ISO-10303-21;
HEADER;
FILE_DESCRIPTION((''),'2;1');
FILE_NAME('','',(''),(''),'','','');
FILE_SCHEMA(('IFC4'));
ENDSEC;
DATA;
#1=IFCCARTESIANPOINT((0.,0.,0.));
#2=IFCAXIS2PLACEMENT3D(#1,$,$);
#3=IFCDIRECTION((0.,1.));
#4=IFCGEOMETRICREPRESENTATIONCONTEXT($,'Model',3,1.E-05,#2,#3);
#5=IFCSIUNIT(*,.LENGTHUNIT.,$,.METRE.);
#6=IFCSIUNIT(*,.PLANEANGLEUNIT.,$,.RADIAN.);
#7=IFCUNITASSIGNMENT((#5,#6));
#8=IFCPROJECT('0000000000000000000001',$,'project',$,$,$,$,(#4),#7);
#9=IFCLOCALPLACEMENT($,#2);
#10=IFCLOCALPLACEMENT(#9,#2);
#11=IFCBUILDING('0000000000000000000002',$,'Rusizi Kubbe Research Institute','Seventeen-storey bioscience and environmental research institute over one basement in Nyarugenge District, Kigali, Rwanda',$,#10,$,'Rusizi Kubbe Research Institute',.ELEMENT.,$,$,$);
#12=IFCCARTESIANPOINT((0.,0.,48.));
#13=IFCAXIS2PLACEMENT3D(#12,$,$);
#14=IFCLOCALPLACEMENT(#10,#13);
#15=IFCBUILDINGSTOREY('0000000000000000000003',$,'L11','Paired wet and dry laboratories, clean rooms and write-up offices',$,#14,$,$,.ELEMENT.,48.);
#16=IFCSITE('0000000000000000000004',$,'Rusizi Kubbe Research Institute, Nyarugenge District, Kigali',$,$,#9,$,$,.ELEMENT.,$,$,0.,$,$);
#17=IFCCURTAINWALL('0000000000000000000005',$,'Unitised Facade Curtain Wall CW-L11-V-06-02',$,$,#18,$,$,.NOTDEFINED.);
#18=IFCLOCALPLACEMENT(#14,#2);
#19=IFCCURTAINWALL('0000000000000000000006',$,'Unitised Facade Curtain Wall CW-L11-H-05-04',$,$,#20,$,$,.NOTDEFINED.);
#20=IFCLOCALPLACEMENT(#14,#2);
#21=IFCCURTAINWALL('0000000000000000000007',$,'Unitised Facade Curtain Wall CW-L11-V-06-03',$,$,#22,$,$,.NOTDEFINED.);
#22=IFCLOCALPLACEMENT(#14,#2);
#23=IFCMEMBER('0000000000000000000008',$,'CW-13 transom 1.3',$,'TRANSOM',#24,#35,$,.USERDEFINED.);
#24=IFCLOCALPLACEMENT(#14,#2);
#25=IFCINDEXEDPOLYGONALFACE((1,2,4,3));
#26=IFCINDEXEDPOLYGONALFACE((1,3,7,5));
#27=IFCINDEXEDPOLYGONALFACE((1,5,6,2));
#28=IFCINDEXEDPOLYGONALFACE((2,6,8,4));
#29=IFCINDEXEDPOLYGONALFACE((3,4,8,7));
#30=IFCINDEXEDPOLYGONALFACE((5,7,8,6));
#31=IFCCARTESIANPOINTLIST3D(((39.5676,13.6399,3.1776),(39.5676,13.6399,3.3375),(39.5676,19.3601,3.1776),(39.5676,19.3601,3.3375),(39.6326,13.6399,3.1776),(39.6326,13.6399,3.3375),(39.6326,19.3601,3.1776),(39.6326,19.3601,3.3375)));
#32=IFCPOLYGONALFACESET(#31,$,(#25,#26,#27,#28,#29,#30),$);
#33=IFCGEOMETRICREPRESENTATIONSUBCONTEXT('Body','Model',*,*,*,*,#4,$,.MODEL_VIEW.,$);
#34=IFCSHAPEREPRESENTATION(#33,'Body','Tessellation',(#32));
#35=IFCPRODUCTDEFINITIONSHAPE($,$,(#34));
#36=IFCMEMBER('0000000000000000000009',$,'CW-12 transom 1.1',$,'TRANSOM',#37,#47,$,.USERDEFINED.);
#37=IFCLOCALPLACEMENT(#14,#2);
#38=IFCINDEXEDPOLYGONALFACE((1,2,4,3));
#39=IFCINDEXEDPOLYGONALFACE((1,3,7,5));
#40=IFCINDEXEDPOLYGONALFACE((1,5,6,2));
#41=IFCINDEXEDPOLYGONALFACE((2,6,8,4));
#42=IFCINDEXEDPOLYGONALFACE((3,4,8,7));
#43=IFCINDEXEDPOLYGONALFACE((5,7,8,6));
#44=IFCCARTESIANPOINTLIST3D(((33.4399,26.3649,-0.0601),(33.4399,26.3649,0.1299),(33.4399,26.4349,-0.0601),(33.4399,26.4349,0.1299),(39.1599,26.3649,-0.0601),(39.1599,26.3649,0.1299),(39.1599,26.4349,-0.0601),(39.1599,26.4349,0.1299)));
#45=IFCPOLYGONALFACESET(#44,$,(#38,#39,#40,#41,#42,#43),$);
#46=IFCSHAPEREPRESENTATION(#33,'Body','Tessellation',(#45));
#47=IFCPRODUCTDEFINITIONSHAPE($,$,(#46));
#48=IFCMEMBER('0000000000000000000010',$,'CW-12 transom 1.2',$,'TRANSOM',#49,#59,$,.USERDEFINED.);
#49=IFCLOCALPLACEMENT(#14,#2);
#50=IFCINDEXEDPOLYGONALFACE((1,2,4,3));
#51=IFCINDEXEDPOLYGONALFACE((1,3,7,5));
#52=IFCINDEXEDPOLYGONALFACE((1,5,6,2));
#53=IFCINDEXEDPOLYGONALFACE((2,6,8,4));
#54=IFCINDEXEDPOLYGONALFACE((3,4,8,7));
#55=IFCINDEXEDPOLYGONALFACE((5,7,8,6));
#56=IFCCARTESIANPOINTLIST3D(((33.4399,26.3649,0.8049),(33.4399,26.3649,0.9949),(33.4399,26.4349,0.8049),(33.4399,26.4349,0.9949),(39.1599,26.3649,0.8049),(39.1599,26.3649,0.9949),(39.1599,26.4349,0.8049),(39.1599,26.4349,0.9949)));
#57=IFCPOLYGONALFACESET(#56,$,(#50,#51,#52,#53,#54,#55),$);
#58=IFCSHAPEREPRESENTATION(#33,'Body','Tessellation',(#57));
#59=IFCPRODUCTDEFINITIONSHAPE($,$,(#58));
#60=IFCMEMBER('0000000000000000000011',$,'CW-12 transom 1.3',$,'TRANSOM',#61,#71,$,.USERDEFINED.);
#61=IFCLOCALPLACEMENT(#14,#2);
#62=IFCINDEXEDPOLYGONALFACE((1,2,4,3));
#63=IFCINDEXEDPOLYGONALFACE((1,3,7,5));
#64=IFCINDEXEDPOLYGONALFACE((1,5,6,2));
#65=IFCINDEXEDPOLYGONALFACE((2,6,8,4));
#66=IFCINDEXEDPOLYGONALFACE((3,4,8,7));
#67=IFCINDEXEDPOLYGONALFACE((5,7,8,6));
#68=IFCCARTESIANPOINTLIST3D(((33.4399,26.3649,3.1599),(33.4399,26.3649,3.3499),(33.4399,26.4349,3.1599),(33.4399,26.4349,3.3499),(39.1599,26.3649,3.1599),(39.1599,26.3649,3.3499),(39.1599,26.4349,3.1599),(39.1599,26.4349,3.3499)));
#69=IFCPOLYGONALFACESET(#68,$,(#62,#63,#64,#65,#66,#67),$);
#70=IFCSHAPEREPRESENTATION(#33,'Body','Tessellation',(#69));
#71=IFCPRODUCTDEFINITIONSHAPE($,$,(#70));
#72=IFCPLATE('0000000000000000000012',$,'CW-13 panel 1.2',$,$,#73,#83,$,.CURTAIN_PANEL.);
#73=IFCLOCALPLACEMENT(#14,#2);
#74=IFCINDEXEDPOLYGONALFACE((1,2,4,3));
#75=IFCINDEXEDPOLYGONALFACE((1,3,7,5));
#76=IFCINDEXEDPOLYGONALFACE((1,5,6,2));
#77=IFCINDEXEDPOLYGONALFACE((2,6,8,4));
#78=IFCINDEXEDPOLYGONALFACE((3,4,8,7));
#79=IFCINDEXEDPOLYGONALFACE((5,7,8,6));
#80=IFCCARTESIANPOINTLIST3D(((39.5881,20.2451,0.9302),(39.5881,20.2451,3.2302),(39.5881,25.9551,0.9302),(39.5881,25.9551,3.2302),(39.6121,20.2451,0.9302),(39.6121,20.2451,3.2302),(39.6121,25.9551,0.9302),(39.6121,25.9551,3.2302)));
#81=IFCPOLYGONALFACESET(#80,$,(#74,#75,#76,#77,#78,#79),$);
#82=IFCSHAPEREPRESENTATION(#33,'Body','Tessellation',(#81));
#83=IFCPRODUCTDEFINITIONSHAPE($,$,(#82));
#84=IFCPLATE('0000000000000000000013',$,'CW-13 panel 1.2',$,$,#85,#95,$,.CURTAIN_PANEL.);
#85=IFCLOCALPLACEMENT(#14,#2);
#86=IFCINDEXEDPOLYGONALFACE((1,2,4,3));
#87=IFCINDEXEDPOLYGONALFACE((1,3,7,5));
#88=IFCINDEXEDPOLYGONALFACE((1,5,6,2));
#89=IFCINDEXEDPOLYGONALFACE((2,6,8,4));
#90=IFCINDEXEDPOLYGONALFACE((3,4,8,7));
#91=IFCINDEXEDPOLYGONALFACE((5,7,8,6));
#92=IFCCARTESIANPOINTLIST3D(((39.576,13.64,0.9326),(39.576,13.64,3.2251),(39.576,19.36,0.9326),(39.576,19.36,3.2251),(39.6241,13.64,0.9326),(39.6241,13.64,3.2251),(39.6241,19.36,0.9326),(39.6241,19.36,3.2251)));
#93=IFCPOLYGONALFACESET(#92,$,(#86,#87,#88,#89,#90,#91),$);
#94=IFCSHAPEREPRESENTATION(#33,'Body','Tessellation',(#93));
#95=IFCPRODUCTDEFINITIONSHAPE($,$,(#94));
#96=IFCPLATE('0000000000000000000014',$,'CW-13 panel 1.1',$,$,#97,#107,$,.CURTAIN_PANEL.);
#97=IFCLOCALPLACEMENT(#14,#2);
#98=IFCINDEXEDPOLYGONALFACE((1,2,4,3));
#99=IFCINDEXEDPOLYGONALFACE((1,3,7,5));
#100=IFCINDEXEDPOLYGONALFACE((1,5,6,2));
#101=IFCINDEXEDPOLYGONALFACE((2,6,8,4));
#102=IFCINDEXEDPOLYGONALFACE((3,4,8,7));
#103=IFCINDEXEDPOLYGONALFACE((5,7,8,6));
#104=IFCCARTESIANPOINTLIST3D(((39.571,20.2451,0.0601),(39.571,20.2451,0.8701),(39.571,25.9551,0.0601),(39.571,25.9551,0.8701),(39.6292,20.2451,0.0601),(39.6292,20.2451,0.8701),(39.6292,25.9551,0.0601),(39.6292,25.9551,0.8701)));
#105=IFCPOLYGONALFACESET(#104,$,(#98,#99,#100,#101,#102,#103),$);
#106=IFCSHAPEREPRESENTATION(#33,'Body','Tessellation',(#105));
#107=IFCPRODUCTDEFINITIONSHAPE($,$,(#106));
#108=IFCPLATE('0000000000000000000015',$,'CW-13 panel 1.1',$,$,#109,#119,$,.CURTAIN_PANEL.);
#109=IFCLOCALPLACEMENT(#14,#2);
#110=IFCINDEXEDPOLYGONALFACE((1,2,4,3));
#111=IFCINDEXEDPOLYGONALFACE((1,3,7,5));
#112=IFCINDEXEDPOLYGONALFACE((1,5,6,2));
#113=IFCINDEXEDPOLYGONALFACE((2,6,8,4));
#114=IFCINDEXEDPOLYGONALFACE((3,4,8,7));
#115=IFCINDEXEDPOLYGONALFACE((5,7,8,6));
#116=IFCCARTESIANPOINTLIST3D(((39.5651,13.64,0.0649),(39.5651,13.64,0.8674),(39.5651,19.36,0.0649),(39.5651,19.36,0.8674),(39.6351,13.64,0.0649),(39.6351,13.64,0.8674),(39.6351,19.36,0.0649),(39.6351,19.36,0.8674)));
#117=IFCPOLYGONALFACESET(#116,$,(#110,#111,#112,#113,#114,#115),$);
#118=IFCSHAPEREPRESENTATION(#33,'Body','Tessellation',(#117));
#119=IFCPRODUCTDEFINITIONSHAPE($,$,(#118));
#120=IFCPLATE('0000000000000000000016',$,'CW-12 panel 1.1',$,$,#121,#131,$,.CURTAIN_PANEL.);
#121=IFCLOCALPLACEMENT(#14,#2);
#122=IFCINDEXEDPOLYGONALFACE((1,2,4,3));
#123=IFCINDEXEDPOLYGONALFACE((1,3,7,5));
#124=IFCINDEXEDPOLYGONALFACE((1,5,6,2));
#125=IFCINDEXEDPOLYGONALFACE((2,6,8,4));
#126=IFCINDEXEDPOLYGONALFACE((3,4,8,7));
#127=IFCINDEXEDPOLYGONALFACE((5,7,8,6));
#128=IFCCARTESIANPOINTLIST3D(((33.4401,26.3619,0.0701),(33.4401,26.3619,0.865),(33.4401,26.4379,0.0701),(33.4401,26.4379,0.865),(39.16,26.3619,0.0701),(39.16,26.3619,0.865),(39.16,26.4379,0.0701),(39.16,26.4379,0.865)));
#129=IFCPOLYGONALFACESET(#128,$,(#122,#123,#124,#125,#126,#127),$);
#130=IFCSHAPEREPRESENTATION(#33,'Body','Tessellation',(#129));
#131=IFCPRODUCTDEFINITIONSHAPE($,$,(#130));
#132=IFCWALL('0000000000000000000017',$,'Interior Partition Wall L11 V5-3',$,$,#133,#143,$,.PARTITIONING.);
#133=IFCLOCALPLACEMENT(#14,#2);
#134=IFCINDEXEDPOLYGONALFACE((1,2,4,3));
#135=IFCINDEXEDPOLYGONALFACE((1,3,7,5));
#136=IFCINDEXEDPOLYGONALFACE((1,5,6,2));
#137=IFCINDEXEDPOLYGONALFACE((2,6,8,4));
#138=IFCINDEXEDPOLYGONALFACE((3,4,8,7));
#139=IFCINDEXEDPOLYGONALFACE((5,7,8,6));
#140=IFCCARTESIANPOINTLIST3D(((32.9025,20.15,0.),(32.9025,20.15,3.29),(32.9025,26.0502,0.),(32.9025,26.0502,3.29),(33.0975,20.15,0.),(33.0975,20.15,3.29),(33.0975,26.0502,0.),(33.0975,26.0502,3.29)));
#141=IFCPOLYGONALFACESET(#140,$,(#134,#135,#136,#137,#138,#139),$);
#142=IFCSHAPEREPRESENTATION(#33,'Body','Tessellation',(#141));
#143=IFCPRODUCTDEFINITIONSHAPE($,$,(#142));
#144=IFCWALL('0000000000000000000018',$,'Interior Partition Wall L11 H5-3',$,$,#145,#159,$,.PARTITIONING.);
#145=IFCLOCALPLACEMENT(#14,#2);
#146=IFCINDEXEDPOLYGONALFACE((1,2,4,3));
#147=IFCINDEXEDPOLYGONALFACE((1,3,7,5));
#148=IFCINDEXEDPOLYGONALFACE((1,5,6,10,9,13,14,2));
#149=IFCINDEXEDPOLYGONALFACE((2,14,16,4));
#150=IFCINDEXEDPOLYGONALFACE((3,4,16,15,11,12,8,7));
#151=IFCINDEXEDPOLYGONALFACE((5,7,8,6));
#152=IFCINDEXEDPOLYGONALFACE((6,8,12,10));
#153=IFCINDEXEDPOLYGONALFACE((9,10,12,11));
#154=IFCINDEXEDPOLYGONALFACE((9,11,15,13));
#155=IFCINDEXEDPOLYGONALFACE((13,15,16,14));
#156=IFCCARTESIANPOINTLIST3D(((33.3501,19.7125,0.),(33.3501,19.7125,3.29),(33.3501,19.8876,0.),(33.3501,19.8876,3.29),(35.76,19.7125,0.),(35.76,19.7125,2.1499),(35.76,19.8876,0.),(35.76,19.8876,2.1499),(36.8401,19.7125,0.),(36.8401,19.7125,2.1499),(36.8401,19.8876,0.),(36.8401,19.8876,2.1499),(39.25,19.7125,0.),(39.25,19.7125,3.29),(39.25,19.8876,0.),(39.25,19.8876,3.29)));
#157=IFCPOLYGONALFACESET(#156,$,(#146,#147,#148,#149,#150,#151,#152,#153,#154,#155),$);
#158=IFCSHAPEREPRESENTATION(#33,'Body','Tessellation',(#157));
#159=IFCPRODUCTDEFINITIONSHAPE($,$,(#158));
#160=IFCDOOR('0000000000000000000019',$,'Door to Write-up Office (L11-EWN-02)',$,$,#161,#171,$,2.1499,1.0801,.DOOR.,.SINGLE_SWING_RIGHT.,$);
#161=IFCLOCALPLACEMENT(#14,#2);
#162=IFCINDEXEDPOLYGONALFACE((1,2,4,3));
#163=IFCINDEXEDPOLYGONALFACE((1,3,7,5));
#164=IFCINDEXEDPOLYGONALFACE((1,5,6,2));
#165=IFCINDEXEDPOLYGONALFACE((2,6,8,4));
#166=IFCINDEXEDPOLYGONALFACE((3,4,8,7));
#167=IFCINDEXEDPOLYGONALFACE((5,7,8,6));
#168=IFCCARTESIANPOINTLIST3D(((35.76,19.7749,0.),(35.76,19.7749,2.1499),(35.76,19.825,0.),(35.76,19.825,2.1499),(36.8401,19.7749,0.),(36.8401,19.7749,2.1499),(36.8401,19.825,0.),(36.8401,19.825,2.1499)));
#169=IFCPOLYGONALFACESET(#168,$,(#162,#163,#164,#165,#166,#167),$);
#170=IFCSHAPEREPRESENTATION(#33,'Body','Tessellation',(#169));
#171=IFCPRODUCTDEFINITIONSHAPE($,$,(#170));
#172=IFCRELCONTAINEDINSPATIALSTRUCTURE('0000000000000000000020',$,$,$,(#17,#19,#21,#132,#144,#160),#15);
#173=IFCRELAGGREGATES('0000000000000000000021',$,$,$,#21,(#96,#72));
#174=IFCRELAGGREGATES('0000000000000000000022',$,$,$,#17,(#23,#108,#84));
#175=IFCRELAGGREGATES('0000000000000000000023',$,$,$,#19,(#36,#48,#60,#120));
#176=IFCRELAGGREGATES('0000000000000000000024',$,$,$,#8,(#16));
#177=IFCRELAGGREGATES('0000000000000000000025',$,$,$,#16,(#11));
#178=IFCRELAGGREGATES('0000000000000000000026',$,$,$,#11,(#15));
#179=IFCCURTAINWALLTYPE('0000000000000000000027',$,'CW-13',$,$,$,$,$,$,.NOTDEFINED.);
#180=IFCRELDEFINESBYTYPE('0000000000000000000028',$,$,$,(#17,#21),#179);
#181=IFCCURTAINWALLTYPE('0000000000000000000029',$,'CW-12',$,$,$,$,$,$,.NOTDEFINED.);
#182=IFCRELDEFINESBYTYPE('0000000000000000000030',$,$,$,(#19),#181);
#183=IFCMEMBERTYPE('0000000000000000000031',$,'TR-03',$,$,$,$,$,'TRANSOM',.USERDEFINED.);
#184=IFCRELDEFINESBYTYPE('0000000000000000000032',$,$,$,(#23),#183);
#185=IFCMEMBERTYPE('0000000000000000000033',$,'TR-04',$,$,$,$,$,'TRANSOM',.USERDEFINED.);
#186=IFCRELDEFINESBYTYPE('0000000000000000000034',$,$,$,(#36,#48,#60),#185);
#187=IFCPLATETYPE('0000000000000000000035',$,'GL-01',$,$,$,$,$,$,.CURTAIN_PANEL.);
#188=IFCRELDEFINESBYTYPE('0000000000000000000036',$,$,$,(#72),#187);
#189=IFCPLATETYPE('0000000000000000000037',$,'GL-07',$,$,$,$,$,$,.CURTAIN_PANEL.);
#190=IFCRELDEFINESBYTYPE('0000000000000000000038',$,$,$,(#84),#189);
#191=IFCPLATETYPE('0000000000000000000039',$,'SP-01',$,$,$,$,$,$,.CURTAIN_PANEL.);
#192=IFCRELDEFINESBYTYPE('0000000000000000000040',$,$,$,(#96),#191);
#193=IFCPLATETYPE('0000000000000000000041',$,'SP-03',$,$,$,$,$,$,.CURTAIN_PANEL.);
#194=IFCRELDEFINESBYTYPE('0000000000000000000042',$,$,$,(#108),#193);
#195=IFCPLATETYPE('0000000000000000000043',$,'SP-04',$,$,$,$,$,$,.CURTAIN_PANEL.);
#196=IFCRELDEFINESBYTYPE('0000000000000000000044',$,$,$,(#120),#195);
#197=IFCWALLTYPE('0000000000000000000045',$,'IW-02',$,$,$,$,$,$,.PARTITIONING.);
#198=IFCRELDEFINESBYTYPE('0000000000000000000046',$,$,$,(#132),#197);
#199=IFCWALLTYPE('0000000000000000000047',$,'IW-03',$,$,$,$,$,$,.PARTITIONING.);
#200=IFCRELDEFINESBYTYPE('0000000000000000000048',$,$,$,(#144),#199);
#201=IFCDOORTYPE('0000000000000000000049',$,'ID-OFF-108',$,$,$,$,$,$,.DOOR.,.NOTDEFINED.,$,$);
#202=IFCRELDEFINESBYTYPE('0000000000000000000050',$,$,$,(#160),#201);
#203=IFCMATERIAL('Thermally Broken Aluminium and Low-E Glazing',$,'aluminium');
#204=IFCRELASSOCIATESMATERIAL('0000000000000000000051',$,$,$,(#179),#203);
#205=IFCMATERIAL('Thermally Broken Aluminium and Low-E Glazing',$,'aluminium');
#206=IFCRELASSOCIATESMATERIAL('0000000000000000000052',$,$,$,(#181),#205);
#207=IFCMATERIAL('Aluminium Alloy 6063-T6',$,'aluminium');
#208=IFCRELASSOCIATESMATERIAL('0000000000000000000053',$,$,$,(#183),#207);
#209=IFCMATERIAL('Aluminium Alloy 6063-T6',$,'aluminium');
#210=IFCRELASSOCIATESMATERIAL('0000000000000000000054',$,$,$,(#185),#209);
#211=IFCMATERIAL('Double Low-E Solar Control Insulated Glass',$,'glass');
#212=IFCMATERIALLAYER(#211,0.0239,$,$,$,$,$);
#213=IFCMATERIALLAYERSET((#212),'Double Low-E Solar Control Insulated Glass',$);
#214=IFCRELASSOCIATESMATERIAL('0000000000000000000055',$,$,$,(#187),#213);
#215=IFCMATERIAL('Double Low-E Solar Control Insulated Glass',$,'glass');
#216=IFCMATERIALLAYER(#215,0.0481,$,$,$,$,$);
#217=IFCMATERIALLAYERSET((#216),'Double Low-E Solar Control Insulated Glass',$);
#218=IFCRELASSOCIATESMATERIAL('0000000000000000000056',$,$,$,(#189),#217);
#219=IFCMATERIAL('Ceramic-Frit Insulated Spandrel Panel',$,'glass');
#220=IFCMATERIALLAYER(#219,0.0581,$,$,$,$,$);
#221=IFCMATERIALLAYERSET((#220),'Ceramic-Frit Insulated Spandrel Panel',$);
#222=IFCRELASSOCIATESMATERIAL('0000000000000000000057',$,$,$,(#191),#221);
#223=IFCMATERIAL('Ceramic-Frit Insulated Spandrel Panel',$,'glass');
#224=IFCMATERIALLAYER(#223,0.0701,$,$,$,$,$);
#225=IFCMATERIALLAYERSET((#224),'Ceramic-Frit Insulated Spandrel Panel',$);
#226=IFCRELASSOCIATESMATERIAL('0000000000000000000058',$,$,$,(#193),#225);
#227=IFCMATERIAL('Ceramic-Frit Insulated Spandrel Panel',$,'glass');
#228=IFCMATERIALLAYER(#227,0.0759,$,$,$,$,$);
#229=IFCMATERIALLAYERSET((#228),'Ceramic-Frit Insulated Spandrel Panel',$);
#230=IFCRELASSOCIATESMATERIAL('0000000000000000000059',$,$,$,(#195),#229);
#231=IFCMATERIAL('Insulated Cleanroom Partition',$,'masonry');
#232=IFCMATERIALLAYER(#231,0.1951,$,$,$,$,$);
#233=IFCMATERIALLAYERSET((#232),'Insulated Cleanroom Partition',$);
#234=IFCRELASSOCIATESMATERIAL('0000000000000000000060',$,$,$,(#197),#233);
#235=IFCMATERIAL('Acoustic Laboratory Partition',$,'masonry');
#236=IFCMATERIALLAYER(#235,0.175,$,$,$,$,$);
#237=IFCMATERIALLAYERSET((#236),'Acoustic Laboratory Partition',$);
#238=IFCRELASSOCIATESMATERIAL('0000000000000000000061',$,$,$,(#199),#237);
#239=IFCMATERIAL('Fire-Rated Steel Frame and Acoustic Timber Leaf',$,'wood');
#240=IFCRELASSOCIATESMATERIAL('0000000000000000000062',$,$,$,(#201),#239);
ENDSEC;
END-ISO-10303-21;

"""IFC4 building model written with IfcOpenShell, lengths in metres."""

from ifc_helpers import new_model, si_unit, direction, frame, frame_2d, origin, origin_2d, place, context, subcontext, project, spatial, rectangle, extrude, material, layer, layer_set, material_profile, profile_set, type_object, element, fill, aggregate, save


model = new_model("IFC4")

# Units and contexts
model_context = context("Model", 3, precision=1e-05, world=origin(), true_north=direction((0.0, 1.0)))
body_context = subcontext(model_context, "Body", "Model", "MODEL_VIEW")
ifc_project = project(units=[si_unit("LENGTHUNIT", "METRE"), si_unit("PLANEANGLEUNIT", "RADIAN")], contexts=[model_context])

# Site, building, storey
site_placement = place(None, origin())
site = spatial("IfcSite", under=ifc_project, at=site_placement, Name="Rusizi Kubbe Research Institute, Nyarugenge District, Kigali", CompositionType="ELEMENT", RefElevation=0.0)
building_placement = place(site_placement, origin())
building = spatial("IfcBuilding", under=site, at=building_placement, Name="Rusizi Kubbe Research Institute", Description="Seventeen-storey bioscience and environmental research institute over one basement in Nyarugenge District, Kigali, Rwanda", LongName="Rusizi Kubbe Research Institute", CompositionType="ELEMENT")
storey_placement = place(building_placement, frame((0.0, 0.0, 48.0)))
storey = spatial("IfcBuildingStorey", under=building, at=storey_placement, Name="L11", Description="Paired wet and dry laboratories, clean rooms and write-up offices", CompositionType="ELEMENT", Elevation=48.0)

# Curtain wall
ifc_material_1 = material(Name="Thermally Broken Aluminium and Low-E Glazing", Category="aluminium")
curtain_wall_type_1 = type_object("IfcCurtainWallType", Name="CW-13", PredefinedType="NOTDEFINED", material=ifc_material_1)
curtain_wall_1_placement = place(storey_placement, origin())
curtain_wall_1 = element("IfcCurtainWall", 1, at=curtain_wall_1_placement, inside=storey, type_object=curtain_wall_type_1, Name="Unitised Facade Curtain Wall CW-L11-V-06-02", PredefinedType="NOTDEFINED")

# Curtain walls
ifc_material_2 = material(Name="Thermally Broken Aluminium and Low-E Glazing", Category="aluminium")
curtain_wall_type_2 = type_object("IfcCurtainWallType", Name="CW-12", PredefinedType="NOTDEFINED", material=ifc_material_2)
curtain_wall_2_placement = place(storey_placement, origin())
curtain_wall_2 = element("IfcCurtainWall", 2, at=curtain_wall_2_placement, inside=storey, type_object=curtain_wall_type_2, Name="Unitised Facade Curtain Wall CW-L11-H-05-04", PredefinedType="NOTDEFINED")
curtain_wall_3_placement = place(storey_placement, origin())
curtain_wall_3 = element("IfcCurtainWall", 3, at=curtain_wall_3_placement, inside=storey, type_object=curtain_wall_type_1, Name="Unitised Facade Curtain Wall CW-L11-V-06-03", PredefinedType="NOTDEFINED")

# Members
ifc_material_3 = material(Name="Aluminium Alloy 6063-T6", Category="aluminium")
ifc_material_profile_1 = material_profile(ifc_material_3, rectangle(XDim=0.0649, YDim=0.1599, at=origin_2d()), Name="ALU-T 65x160")
ifc_profile_set_1 = profile_set([ifc_material_profile_1], Name="Aluminium Alloy 6063-T6")
member_type_1 = type_object("IfcMemberType", Name="TR-03", ElementType="TRANSOM", PredefinedType="USERDEFINED", material=ifc_profile_set_1)
member_1_placement = place(storey_placement, frame((39.6001, 13.6399, 3.2576), z_axis=(0.0, 1.0, 0.0), x_axis=(-1.0, 0.0, 0.0)))
member_1 = element("IfcMember", 4, at=member_1_placement, type_object=member_type_1, Name="CW-13 transom 1.3", ObjectType="TRANSOM", PredefinedType="USERDEFINED", context=body_context, shape_type="SweptSolid", body=[
    extrude(rectangle(XDim=0.0649, YDim=0.1599, at=origin_2d()), origin(), (0.0, 0.0, 1.0), 5.7202),
])
ifc_material_4 = material(Name="Aluminium Alloy 6063-T6", Category="aluminium")
ifc_material_profile_2 = material_profile(ifc_material_4, rectangle(XDim=0.0701, YDim=0.1899, at=origin_2d()), Name="ALU-T 70x190")
ifc_profile_set_2 = profile_set([ifc_material_profile_2], Name="Aluminium Alloy 6063-T6")
member_type_2 = type_object("IfcMemberType", Name="TR-04", ElementType="TRANSOM", PredefinedType="USERDEFINED", material=ifc_profile_set_2)
member_2_placement = place(storey_placement, frame((33.4399, 26.3999, 0.0349), z_axis=(1.0, 0.0, 0.0), x_axis=(0.0, 1.0, 0.0)))
member_2 = element("IfcMember", 5, at=member_2_placement, type_object=member_type_2, Name="CW-12 transom 1.1", ObjectType="TRANSOM", PredefinedType="USERDEFINED", context=body_context, shape_type="SweptSolid", body=[
    extrude(rectangle(XDim=0.0701, YDim=0.1899, at=origin_2d()), origin(), (0.0, 0.0, 1.0), 5.72),
])
member_3_placement = place(storey_placement, frame((33.4399, 26.3999, 0.8999), z_axis=(1.0, 0.0, 0.0), x_axis=(0.0, 1.0, 0.0)))
member_3 = element("IfcMember", 6, at=member_3_placement, type_object=member_type_2, Name="CW-12 transom 1.2", ObjectType="TRANSOM", PredefinedType="USERDEFINED", context=body_context, shape_type="SweptSolid", body=[
    extrude(rectangle(XDim=0.0701, YDim=0.1899, at=origin_2d()), origin(), (0.0, 0.0, 1.0), 5.72),
])
member_4_placement = place(storey_placement, frame((33.4399, 26.3999, 3.2549), z_axis=(1.0, 0.0, 0.0), x_axis=(0.0, 1.0, 0.0)))
member_4 = element("IfcMember", 7, at=member_4_placement, type_object=member_type_2, Name="CW-12 transom 1.3", ObjectType="TRANSOM", PredefinedType="USERDEFINED", context=body_context, shape_type="SweptSolid", body=[
    extrude(rectangle(XDim=0.0701, YDim=0.1899, at=origin_2d()), origin(), (0.0, 0.0, 1.0), 5.72),
])

# Plates
ifc_material_5 = material(Name="Double Low-E Solar Control Insulated Glass", Category="glass")
ifc_layer_1 = layer(ifc_material_5, 0.0239)
ifc_layer_set_1 = layer_set([ifc_layer_1], Name="Double Low-E Solar Control Insulated Glass")
plate_type_1 = type_object("IfcPlateType", Name="GL-01", PredefinedType="CURTAIN_PANEL", material=ifc_layer_set_1)
plate_1_placement = place(storey_placement, frame((39.6001, 23.1001, 0.9302), z_axis=(0.0, 0.0, 1.0), x_axis=(0.0, 1.0, 0.0)))
plate_1 = element("IfcPlate", 8, at=plate_1_placement, type_object=plate_type_1, Name="CW-13 panel 1.2", PredefinedType="CURTAIN_PANEL", context=body_context, shape_type="SweptSolid", body=[
    extrude(rectangle(XDim=5.71, YDim=0.0239, at=origin_2d()), origin(), (0.0, 0.0, 1.0), 2.3),
])
ifc_material_6 = material(Name="Double Low-E Solar Control Insulated Glass", Category="glass")
ifc_layer_2 = layer(ifc_material_6, 0.0481)
ifc_layer_set_2 = layer_set([ifc_layer_2], Name="Double Low-E Solar Control Insulated Glass")
plate_type_2 = type_object("IfcPlateType", Name="GL-07", PredefinedType="CURTAIN_PANEL", material=ifc_layer_set_2)
plate_2_placement = place(storey_placement, frame((39.6001, 16.5, 0.9326), z_axis=(0.0, 0.0, 1.0), x_axis=(0.0, 1.0, 0.0)))
plate_2 = element("IfcPlate", 9, at=plate_2_placement, type_object=plate_type_2, Name="CW-13 panel 1.2", PredefinedType="CURTAIN_PANEL", context=body_context, shape_type="SweptSolid", body=[
    extrude(rectangle(XDim=5.72, YDim=0.0481, at=origin_2d()), origin(), (0.0, 0.0, 1.0), 2.2925),
])
ifc_material_7 = material(Name="Ceramic-Frit Insulated Spandrel Panel", Category="glass")
ifc_layer_3 = layer(ifc_material_7, 0.0581)
ifc_layer_set_3 = layer_set([ifc_layer_3], Name="Ceramic-Frit Insulated Spandrel Panel")
plate_type_3 = type_object("IfcPlateType", Name="SP-01", PredefinedType="CURTAIN_PANEL", material=ifc_layer_set_3)
plate_3_placement = place(storey_placement, frame((39.6001, 23.1001, 0.0601), z_axis=(0.0, 0.0, 1.0), x_axis=(0.0, 1.0, 0.0)))
plate_3 = element("IfcPlate", 10, at=plate_3_placement, type_object=plate_type_3, Name="CW-13 panel 1.1", PredefinedType="CURTAIN_PANEL", context=body_context, shape_type="SweptSolid", body=[
    extrude(rectangle(XDim=5.71, YDim=0.0581, at=origin_2d()), origin(), (0.0, 0.0, 1.0), 0.8101),
])
aggregate(curtain_wall_3, [plate_3, plate_1])
ifc_material_8 = material(Name="Ceramic-Frit Insulated Spandrel Panel", Category="glass")
ifc_layer_4 = layer(ifc_material_8, 0.0701)
ifc_layer_set_4 = layer_set([ifc_layer_4], Name="Ceramic-Frit Insulated Spandrel Panel")
plate_type_4 = type_object("IfcPlateType", Name="SP-03", PredefinedType="CURTAIN_PANEL", material=ifc_layer_set_4)
plate_4_placement = place(storey_placement, frame((39.6001, 16.5, 0.0649), z_axis=(0.0, 0.0, 1.0), x_axis=(0.0, 1.0, 0.0)))
plate_4 = element("IfcPlate", 11, at=plate_4_placement, type_object=plate_type_4, Name="CW-13 panel 1.1", PredefinedType="CURTAIN_PANEL", context=body_context, shape_type="SweptSolid", body=[
    extrude(rectangle(XDim=5.72, YDim=0.0701, at=origin_2d()), origin(), (0.0, 0.0, 1.0), 0.8025),
])
aggregate(curtain_wall_1, [member_1, plate_4, plate_2])
ifc_material_9 = material(Name="Ceramic-Frit Insulated Spandrel Panel", Category="glass")
ifc_layer_5 = layer(ifc_material_9, 0.0759)
ifc_layer_set_5 = layer_set([ifc_layer_5], Name="Ceramic-Frit Insulated Spandrel Panel")
plate_type_5 = type_object("IfcPlateType", Name="SP-04", PredefinedType="CURTAIN_PANEL", material=ifc_layer_set_5)
plate_5_placement = place(storey_placement, frame((36.3, 26.3999, 0.0701), z_axis=(0.0, 0.0, 1.0), x_axis=(1.0, 0.0, 0.0)))
plate_5 = element("IfcPlate", 12, at=plate_5_placement, type_object=plate_type_5, Name="CW-12 panel 1.1", PredefinedType="CURTAIN_PANEL", context=body_context, shape_type="SweptSolid", body=[
    extrude(rectangle(XDim=5.72, YDim=0.0759, at=origin_2d()), origin(), (0.0, 0.0, 1.0), 0.7949),
])
aggregate(curtain_wall_2, [member_2, member_3, member_4, plate_5])

# Wall
ifc_material_10 = material(Name="Insulated Cleanroom Partition", Category="masonry")
ifc_layer_6 = layer(ifc_material_10, 0.1951)
ifc_layer_set_6 = layer_set([ifc_layer_6], Name="Insulated Cleanroom Partition")
wall_type_1 = type_object("IfcWallType", Name="IW-02", PredefinedType="PARTITIONING", material=ifc_layer_set_6)
wall_1_placement = place(storey_placement, frame((33.0, 20.1499, 0.0), z_axis=(0.0, 0.0, 1.0), x_axis=(0.0, 1.0, 0.0)))
element("IfcWall", 13, at=wall_1_placement, inside=storey, type_object=wall_type_1, Name="Interior Partition Wall L11 V5-3", PredefinedType="PARTITIONING", context=body_context, shape_type="SweptSolid", body=[
    extrude(rectangle(XDim=5.9001, YDim=0.1951, at=frame_2d((2.9502, 0.0))), origin(), (0.0, 0.0, 1.0), 3.29),
])

# Wall, opening, door
ifc_material_11 = material(Name="Acoustic Laboratory Partition", Category="masonry")
ifc_layer_7 = layer(ifc_material_11, 0.175)
ifc_layer_set_7 = layer_set([ifc_layer_7], Name="Acoustic Laboratory Partition")
wall_type_2 = type_object("IfcWallType", Name="IW-03", PredefinedType="PARTITIONING", material=ifc_layer_set_7)
wall_2_placement = place(storey_placement, frame((33.3501, 19.8, 0.0), z_axis=(0.0, 0.0, 1.0), x_axis=(1.0, 0.0, 0.0)))
wall_2 = element("IfcWall", 14, at=wall_2_placement, inside=storey, type_object=wall_type_2, Name="Interior Partition Wall L11 H5-3", PredefinedType="PARTITIONING", context=body_context, shape_type="SweptSolid", body=[
    extrude(rectangle(XDim=5.8999, YDim=0.175, at=frame_2d((2.95, 0.0))), origin(), (0.0, 0.0, 1.0), 3.29),
])
opening_placement = place(wall_2_placement, frame((2.4099, 0.0, 0.0)))
opening = element("IfcOpeningElement", 15, at=opening_placement, cuts=wall_2, PredefinedType="OPENING", context=body_context, shape_type="SweptSolid", body=[
    extrude(rectangle(XDim=1.0801, YDim=2.1499, at=frame_2d((0.54, 1.075))), frame((0.0, 0.0974, 0.0), z_axis=(0.0, -1.0, 0.0), x_axis=(1.0, 0.0, 0.0)), (0.0, 0.0, 1.0), 0.1951),
])
ifc_material_12 = material(Name="Fire-Rated Steel Frame and Acoustic Timber Leaf", Category="wood")
door_type = type_object("IfcDoorType", Name="ID-OFF-108", OperationType="NOTDEFINED", PredefinedType="DOOR", material=ifc_material_12)
door_placement = place(opening_placement, origin())
door = element("IfcDoor", 16, at=door_placement, inside=storey, type_object=door_type, Name="Door to Write-up Office (L11-EWN-02)", OperationType="SINGLE_SWING_RIGHT", OverallHeight=2.1499, OverallWidth=1.0801, PredefinedType="DOOR", context=body_context, shape_type="SweptSolid", body=[
    extrude(rectangle(XDim=1.0801, YDim=2.1499, at=frame_2d((0.54, 1.075))), frame((0.0, 0.0249, 0.0), z_axis=(0.0, -1.0, 0.0), x_axis=(1.0, 0.0, 0.0)), (0.0, 0.0, 1.0), 0.05),
])
fill(opening, door)

save(model, "model.ifc")
